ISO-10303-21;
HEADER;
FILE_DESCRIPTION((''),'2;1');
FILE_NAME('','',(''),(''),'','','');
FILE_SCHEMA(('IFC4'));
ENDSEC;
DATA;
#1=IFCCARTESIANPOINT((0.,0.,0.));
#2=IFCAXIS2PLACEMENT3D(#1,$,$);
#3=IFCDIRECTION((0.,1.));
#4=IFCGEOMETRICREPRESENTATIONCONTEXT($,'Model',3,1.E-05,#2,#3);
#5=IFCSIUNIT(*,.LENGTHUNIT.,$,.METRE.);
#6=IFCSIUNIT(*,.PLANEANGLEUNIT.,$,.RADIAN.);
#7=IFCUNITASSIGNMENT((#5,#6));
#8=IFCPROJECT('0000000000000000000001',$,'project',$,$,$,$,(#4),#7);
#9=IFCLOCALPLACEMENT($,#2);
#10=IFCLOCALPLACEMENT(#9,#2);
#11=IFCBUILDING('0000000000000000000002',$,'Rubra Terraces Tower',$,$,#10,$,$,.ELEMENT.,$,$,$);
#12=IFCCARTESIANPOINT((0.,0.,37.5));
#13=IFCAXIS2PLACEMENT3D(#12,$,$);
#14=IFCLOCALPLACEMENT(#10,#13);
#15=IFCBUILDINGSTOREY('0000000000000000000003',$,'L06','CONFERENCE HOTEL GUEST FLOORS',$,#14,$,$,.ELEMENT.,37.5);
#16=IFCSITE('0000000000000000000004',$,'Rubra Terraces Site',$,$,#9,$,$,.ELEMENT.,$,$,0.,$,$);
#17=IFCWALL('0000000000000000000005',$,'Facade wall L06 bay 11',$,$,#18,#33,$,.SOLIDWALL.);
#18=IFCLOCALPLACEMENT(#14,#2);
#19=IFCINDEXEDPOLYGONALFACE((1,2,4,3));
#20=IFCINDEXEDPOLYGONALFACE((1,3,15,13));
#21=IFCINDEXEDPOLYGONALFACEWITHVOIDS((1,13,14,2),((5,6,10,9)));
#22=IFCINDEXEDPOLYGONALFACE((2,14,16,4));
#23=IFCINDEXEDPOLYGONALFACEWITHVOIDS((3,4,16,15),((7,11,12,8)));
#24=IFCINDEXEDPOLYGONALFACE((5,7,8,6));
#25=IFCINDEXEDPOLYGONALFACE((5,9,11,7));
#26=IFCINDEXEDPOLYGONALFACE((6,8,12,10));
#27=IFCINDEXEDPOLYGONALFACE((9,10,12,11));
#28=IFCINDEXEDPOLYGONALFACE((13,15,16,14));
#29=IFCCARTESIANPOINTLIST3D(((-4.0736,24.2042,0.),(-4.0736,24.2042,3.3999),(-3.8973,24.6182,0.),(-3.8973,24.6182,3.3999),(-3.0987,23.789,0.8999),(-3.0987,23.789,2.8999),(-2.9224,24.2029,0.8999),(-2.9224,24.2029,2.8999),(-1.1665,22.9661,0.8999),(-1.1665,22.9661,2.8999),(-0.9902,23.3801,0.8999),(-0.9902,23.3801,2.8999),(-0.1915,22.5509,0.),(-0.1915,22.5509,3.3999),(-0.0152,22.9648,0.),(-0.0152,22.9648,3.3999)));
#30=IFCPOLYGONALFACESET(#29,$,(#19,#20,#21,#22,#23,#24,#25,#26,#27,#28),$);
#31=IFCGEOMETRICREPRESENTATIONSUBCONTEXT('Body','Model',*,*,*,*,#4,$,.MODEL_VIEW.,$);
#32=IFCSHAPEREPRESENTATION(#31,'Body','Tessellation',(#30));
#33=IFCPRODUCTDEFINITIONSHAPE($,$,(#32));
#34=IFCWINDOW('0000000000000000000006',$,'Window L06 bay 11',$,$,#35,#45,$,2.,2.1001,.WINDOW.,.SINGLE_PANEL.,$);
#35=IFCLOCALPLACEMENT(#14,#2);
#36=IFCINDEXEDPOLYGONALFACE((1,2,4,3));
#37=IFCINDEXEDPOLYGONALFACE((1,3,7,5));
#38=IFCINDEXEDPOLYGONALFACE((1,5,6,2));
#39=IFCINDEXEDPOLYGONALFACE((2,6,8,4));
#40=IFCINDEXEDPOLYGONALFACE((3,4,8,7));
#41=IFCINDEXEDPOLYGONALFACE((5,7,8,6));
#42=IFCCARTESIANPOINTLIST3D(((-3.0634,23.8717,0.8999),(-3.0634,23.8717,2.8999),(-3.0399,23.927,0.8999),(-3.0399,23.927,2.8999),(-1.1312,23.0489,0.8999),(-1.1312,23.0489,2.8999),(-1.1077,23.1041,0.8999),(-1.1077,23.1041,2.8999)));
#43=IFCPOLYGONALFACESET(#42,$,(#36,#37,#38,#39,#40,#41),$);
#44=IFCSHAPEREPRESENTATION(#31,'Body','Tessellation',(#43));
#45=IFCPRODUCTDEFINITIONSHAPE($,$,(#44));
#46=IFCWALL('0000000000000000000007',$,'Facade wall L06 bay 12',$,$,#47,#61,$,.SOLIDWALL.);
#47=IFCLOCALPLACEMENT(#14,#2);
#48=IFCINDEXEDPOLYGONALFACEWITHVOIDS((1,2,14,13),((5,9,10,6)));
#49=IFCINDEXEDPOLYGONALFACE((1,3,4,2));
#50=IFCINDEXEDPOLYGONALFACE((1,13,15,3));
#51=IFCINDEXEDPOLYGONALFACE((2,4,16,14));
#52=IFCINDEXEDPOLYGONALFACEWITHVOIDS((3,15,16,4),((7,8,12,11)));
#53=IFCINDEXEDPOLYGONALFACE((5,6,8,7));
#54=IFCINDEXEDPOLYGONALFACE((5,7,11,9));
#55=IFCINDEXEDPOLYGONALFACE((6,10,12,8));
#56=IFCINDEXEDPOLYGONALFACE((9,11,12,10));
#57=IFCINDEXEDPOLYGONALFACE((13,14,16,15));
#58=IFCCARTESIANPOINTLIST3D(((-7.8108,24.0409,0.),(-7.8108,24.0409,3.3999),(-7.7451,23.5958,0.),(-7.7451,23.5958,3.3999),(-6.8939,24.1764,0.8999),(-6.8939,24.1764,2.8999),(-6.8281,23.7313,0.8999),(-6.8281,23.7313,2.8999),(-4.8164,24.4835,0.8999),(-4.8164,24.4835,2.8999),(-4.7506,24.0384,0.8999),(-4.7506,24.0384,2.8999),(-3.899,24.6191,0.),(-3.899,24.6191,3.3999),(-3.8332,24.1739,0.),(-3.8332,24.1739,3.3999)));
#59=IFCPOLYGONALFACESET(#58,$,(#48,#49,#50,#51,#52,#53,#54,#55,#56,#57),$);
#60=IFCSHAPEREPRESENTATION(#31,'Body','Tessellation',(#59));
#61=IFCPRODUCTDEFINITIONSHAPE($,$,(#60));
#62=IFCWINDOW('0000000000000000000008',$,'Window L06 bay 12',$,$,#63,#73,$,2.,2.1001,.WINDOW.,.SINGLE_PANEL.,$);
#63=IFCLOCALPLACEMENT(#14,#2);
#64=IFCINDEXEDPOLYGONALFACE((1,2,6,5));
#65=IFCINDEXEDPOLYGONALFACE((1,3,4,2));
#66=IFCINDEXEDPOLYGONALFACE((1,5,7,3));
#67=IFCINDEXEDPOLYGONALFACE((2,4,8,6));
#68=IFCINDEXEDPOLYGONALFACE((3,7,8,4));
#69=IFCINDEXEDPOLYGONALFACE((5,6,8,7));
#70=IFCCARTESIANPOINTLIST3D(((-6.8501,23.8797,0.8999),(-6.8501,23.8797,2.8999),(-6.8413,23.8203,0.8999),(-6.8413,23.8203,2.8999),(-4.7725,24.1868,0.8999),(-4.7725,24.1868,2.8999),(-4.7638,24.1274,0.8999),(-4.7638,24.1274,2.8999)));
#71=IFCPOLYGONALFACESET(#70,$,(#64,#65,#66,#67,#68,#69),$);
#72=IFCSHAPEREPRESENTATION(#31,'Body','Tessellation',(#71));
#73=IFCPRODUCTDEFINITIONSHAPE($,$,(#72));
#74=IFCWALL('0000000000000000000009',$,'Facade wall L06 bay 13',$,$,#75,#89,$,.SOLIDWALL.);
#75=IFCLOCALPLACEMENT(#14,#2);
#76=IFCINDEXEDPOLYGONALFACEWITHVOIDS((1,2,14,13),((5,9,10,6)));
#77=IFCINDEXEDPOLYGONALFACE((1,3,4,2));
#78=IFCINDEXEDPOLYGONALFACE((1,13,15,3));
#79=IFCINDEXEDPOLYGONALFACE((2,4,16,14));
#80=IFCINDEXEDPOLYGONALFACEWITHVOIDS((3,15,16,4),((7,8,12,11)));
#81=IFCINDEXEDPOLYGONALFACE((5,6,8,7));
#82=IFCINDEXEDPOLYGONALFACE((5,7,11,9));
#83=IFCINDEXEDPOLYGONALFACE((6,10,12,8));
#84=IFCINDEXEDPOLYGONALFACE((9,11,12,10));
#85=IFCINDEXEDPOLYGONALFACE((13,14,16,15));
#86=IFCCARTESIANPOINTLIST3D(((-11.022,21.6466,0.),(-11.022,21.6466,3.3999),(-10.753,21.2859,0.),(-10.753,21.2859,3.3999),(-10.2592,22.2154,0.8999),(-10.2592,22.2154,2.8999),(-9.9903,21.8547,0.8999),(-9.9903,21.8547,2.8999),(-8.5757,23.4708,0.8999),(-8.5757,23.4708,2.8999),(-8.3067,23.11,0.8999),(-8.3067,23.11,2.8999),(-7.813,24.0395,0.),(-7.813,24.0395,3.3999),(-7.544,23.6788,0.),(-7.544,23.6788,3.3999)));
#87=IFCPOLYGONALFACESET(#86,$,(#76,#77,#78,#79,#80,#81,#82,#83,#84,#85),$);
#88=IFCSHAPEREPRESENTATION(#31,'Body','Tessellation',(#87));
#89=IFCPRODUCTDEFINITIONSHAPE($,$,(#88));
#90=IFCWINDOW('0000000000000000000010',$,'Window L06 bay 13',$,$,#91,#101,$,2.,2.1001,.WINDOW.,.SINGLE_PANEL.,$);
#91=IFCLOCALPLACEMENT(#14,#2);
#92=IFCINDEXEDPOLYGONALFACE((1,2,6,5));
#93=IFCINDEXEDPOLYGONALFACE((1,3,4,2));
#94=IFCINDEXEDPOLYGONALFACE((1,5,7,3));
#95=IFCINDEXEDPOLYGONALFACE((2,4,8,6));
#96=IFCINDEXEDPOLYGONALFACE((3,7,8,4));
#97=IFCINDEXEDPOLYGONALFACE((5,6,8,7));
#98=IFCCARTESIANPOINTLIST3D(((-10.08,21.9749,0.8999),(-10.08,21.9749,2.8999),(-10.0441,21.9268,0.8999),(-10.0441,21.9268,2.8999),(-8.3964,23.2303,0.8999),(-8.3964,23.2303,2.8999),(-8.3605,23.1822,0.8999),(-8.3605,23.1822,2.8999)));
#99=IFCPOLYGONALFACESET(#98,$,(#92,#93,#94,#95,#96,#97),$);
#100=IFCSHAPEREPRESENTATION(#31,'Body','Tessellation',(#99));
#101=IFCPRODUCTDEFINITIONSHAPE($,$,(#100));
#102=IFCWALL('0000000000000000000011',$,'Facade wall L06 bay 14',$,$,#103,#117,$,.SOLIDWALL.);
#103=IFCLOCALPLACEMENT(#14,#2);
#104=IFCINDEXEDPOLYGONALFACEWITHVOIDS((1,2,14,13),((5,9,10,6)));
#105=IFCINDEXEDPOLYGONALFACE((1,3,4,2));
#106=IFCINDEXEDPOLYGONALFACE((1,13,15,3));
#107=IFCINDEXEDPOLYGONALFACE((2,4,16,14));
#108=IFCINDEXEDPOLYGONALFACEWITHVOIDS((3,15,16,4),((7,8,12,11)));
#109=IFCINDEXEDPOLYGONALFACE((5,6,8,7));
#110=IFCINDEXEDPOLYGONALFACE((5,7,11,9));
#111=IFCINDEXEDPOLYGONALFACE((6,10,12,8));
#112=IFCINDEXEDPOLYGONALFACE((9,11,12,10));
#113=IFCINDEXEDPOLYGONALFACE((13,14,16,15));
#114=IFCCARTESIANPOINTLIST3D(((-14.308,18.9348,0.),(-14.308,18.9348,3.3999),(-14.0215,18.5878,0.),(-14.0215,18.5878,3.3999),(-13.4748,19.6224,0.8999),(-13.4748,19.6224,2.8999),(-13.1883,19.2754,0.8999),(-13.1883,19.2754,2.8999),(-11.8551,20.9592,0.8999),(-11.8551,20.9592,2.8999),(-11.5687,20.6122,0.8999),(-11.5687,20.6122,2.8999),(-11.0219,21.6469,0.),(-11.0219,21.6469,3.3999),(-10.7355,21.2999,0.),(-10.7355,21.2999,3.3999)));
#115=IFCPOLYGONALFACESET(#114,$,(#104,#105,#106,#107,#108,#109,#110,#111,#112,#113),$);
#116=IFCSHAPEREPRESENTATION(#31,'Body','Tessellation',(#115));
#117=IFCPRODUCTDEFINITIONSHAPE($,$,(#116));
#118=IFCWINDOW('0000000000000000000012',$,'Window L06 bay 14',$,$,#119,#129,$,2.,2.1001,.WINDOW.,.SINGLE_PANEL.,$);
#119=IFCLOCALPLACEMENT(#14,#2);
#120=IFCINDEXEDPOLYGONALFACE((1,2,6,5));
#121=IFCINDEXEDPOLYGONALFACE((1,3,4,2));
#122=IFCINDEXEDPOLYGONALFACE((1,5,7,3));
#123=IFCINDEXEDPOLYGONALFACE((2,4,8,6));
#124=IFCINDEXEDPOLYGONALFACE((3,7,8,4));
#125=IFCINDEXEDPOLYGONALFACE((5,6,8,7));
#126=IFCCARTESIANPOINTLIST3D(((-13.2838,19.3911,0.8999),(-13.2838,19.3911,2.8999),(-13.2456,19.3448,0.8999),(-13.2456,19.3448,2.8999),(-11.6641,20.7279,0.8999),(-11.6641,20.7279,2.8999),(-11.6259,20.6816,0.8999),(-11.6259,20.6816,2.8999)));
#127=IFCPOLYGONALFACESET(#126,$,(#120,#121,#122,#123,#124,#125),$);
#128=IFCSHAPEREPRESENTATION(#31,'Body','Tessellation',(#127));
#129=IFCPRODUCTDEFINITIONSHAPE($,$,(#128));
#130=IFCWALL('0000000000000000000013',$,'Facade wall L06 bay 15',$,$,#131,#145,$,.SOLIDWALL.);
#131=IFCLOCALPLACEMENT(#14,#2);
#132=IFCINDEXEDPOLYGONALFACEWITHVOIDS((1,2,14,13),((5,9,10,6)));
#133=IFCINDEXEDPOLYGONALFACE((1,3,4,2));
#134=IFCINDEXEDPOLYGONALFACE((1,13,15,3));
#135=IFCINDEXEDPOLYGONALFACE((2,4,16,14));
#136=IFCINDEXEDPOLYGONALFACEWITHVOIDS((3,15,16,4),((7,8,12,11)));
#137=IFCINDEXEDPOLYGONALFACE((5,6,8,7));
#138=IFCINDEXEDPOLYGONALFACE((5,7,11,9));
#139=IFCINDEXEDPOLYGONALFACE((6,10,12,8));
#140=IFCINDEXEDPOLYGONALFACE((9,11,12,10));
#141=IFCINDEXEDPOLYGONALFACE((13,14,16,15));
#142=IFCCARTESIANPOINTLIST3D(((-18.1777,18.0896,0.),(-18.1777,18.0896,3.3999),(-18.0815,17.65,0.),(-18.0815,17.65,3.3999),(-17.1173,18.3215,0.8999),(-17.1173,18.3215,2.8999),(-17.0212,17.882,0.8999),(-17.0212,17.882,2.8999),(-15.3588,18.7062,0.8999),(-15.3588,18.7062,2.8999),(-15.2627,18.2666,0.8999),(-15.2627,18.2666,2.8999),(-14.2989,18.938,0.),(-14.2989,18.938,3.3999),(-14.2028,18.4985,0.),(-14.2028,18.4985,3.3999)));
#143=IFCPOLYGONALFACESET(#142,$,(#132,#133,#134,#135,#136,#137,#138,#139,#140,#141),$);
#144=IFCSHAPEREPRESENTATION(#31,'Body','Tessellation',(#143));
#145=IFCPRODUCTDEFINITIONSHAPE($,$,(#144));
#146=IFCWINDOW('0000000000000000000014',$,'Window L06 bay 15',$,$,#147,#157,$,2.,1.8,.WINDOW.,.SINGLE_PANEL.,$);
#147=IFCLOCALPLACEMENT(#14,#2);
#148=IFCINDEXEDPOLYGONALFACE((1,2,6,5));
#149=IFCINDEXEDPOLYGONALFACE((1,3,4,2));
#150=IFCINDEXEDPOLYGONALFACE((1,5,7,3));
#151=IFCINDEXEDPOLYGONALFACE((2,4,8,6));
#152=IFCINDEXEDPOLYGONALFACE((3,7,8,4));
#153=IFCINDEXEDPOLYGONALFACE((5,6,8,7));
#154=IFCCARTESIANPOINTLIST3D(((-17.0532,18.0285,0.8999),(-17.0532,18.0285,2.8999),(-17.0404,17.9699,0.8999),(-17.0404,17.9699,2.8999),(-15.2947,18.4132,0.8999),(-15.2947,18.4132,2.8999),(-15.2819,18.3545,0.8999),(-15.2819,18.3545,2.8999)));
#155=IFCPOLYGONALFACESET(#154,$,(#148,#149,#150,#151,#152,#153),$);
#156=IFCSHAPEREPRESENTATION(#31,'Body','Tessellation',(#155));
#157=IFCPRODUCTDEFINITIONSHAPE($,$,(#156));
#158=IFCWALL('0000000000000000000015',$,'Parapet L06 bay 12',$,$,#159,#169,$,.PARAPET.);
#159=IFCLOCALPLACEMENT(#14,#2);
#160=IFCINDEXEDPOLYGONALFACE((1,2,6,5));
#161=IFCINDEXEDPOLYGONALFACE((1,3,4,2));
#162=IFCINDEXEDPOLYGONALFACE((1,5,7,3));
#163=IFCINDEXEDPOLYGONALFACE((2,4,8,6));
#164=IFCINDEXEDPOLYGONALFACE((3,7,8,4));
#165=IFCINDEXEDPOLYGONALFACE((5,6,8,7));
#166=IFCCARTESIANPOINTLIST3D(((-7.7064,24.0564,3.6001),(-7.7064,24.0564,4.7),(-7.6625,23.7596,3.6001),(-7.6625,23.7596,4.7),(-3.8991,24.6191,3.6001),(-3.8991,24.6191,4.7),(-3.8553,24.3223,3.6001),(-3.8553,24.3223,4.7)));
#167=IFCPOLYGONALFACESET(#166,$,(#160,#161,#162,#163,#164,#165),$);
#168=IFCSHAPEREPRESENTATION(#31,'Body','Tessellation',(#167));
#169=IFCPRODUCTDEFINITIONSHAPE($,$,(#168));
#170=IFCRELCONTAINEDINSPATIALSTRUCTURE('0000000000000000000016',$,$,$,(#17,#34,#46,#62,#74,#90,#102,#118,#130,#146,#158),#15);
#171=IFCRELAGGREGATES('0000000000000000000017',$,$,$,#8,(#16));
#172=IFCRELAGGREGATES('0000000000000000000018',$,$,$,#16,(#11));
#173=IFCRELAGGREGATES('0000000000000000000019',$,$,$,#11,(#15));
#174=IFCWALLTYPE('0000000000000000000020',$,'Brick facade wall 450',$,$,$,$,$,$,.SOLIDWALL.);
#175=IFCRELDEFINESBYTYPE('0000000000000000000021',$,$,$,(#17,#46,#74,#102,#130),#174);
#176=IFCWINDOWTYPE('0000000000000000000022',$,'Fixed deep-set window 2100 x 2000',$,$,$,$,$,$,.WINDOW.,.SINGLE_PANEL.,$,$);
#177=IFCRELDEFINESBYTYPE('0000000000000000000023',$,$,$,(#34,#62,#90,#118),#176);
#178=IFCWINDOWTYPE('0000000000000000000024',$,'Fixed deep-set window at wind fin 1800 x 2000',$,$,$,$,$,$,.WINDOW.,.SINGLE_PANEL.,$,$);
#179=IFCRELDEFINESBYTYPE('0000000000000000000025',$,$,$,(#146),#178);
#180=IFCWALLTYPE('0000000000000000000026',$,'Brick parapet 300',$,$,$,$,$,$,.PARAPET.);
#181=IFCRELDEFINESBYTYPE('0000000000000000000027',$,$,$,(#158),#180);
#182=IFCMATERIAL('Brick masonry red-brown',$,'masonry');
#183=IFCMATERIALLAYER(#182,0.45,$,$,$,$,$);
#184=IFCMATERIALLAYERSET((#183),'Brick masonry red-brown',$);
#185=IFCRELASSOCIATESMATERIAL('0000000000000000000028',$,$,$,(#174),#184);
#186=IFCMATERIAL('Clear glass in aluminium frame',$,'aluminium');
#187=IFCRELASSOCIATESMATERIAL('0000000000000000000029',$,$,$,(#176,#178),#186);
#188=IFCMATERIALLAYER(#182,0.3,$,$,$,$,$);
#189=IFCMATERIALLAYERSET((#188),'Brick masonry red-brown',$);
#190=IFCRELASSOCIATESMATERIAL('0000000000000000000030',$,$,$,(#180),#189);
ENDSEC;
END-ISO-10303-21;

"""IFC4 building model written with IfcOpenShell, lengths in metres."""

from ifc_helpers import new_model, si_unit, direction, frame, frame_2d, origin, place, context, subcontext, project, spatial, rectangle, extrude, material, layer, layer_set, type_object, element, fill, save


model = new_model("IFC4")

# Units and contexts
model_context = context("Model", 3, precision=1e-05, world=origin(), true_north=direction((0.0, 1.0)))
body_context = subcontext(model_context, "Body", "Model", "MODEL_VIEW")
ifc_project = project(units=[si_unit("LENGTHUNIT", "METRE"), si_unit("PLANEANGLEUNIT", "RADIAN")], contexts=[model_context])

# Site, building, storey
site_placement = place(None, origin())
site = spatial("IfcSite", under=ifc_project, at=site_placement, Name="Rubra Terraces Site", CompositionType="ELEMENT", RefElevation=0.0)
building_placement = place(site_placement, origin())
building = spatial("IfcBuilding", under=site, at=building_placement, Name="Rubra Terraces Tower", CompositionType="ELEMENT")
storey_placement = place(building_placement, frame((0.0, 0.0, 37.5)))
storey = spatial("IfcBuildingStorey", under=building, at=storey_placement, Name="L06", Description="CONFERENCE HOTEL GUEST FLOORS", CompositionType="ELEMENT", Elevation=37.5)

# Walls, openings, windows
ifc_material_1 = material(Name="Brick masonry red-brown", Category="masonry")
ifc_layer_1 = layer(ifc_material_1, 0.45)
ifc_layer_set_1 = layer_set([ifc_layer_1], Name="Brick masonry red-brown")
wall_type_1 = type_object("IfcWallType", Name="Brick facade wall 450", PredefinedType="SOLIDWALL", material=ifc_layer_set_1)
wall_1_placement = place(storey_placement, frame((-0.1033, 22.7578, 0.0), z_axis=(0.0, 0.0, 1.0), x_axis=(-0.920037, 0.39183, 0.0)))
wall_1 = element("IfcWall", 1, at=wall_1_placement, inside=storey, type_object=wall_type_1, Name="Facade wall L06 bay 11", PredefinedType="SOLIDWALL", context=body_context, shape_type="SweptSolid", body=[
    extrude(rectangle(XDim=4.2195, YDim=0.45, at=frame_2d((2.1099, 0.0))), origin(), (0.0, 0.0, 1.0), 3.3999),
])
opening_1_placement = place(wall_1_placement, frame((1.0598, 0.0, 0.8999)))
opening_1 = element("IfcOpeningElement", 2, at=opening_1_placement, cuts=wall_1, PredefinedType="OPENING", context=body_context, shape_type="SweptSolid", body=[
    extrude(rectangle(XDim=2.1001, YDim=2.0, at=frame_2d((1.05, 1.0))), frame((0.0, 0.2349, 0.0), z_axis=(0.0, -1.0, 0.0), x_axis=(1.0, 0.0, 0.0)), (0.0, 0.0, 1.0), 0.47),
])
ifc_material_2 = material(Name="Clear glass in aluminium frame", Category="aluminium")
window_type_1 = type_object("IfcWindowType", Name="Fixed deep-set window 2100 x 2000", PartitioningType="SINGLE_PANEL", PredefinedType="WINDOW", material=ifc_material_2)
window_1_placement = place(opening_1_placement, origin())
window_1 = element("IfcWindow", 3, at=window_1_placement, inside=storey, type_object=window_type_1, Name="Window L06 bay 11", OverallHeight=2.0, OverallWidth=2.1001, PartitioningType="SINGLE_PANEL", PredefinedType="WINDOW", context=body_context, shape_type="SweptSolid", body=[
    extrude(rectangle(XDim=2.1001, YDim=2.0, at=frame_2d((1.05, 1.0))), frame((0.0, 0.135, 0.0), z_axis=(0.0, -1.0, 0.0), x_axis=(1.0, 0.0, 0.0)), (0.0, 0.0, 1.0), 0.0601),
])
fill(opening_1, window_1)
wall_2_placement = place(storey_placement, frame((-3.8662, 24.3965, 0.0), z_axis=(0.0, 0.0, 1.0), x_axis=(-0.989255, -0.1462, 0.0)))
wall_2 = element("IfcWall", 4, at=wall_2_placement, inside=storey, type_object=wall_type_1, Name="Facade wall L06 bay 12", PredefinedType="SOLIDWALL", context=body_context, shape_type="SweptSolid", body=[
    extrude(rectangle(XDim=3.9543, YDim=0.45, at=frame_2d((1.9771, 0.0))), origin(), (0.0, 0.0, 1.0), 3.3999),
])
opening_2_placement = place(wall_2_placement, frame((0.9272, 0.0, 0.8999)))
opening_2 = element("IfcOpeningElement", 5, at=opening_2_placement, cuts=wall_2, PredefinedType="OPENING", context=body_context, shape_type="SweptSolid", body=[
    extrude(rectangle(XDim=2.1001, YDim=2.0, at=frame_2d((1.05, 1.0))), frame((0.0, 0.2349, 0.0), z_axis=(0.0, -1.0, 0.0), x_axis=(1.0, 0.0, 0.0)), (0.0, 0.0, 1.0), 0.47),
])
window_2_placement = place(opening_2_placement, origin())
window_2 = element("IfcWindow", 6, at=window_2_placement, inside=storey, type_object=window_type_1, Name="Window L06 bay 12", OverallHeight=2.0, OverallWidth=2.1001, PartitioningType="SINGLE_PANEL", PredefinedType="WINDOW", context=body_context, shape_type="SweptSolid", body=[
    extrude(rectangle(XDim=2.1001, YDim=2.0, at=frame_2d((1.05, 1.0))), frame((0.0, 0.135, 0.0), z_axis=(0.0, -1.0, 0.0), x_axis=(1.0, 0.0, 0.0)), (0.0, 0.0, 1.0), 0.0601),
])
fill(opening_2, window_2)
wall_3_placement = place(storey_placement, frame((-7.6785, 23.8591, 0.0), z_axis=(0.0, 0.0, 1.0), x_axis=(-0.801666, -0.597773, 0.0)))
wall_3 = element("IfcWall", 7, at=wall_3_placement, inside=storey, type_object=wall_type_1, Name="Facade wall L06 bay 13", PredefinedType="SOLIDWALL", context=body_context, shape_type="SweptSolid", body=[
    extrude(rectangle(XDim=4.0029, YDim=0.45, at=frame_2d((2.0015, 0.0))), origin(), (0.0, 0.0, 1.0), 3.3999),
])
opening_3_placement = place(wall_3_placement, frame((0.9514, 0.0, 0.8999)))
opening_3 = element("IfcOpeningElement", 8, at=opening_3_placement, cuts=wall_3, PredefinedType="OPENING", context=body_context, shape_type="SweptSolid", body=[
    extrude(rectangle(XDim=2.1001, YDim=2.0, at=frame_2d((1.05, 1.0))), frame((0.0, 0.2349, 0.0), z_axis=(0.0, -1.0, 0.0), x_axis=(1.0, 0.0, 0.0)), (0.0, 0.0, 1.0), 0.47),
])
window_3_placement = place(opening_3_placement, origin())
window_3 = element("IfcWindow", 9, at=window_3_placement, inside=storey, type_object=window_type_1, Name="Window L06 bay 13", OverallHeight=2.0, OverallWidth=2.1001, PartitioningType="SINGLE_PANEL", PredefinedType="WINDOW", context=body_context, shape_type="SweptSolid", body=[
    extrude(rectangle(XDim=2.1001, YDim=2.0, at=frame_2d((1.05, 1.0))), frame((0.0, 0.135, 0.0), z_axis=(0.0, -1.0, 0.0), x_axis=(1.0, 0.0, 0.0)), (0.0, 0.0, 1.0), 0.0601),
])
fill(opening_3, window_3)
wall_4_placement = place(storey_placement, frame((-10.8787, 21.4734, 0.0), z_axis=(0.0, 0.0, 1.0), x_axis=(-0.771247, -0.636536, 0.0)))
wall_4 = element("IfcWall", 10, at=wall_4_placement, inside=storey, type_object=wall_type_1, Name="Facade wall L06 bay 14", PredefinedType="SOLIDWALL", context=body_context, shape_type="SweptSolid", body=[
    extrude(rectangle(XDim=4.2607, YDim=0.45, at=frame_2d((2.1304, 0.0))), origin(), (0.0, 0.0, 1.0), 3.3999),
])
opening_4_placement = place(wall_4_placement, frame((1.0803, 0.0, 0.8999)))
opening_4 = element("IfcOpeningElement", 11, at=opening_4_placement, cuts=wall_4, PredefinedType="OPENING", context=body_context, shape_type="SweptSolid", body=[
    extrude(rectangle(XDim=2.1001, YDim=2.0, at=frame_2d((1.05, 1.0))), frame((0.0, 0.2349, 0.0), z_axis=(0.0, -1.0, 0.0), x_axis=(1.0, 0.0, 0.0)), (0.0, 0.0, 1.0), 0.47),
])
window_4_placement = place(opening_4_placement, origin())
window_4 = element("IfcWindow", 12, at=window_4_placement, inside=storey, type_object=window_type_1, Name="Window L06 bay 14", OverallHeight=2.0, OverallWidth=2.1001, PartitioningType="SINGLE_PANEL", PredefinedType="WINDOW", context=body_context, shape_type="SweptSolid", body=[
    extrude(rectangle(XDim=2.1001, YDim=2.0, at=frame_2d((1.05, 1.0))), frame((0.0, 0.135, 0.0), z_axis=(0.0, -1.0, 0.0), x_axis=(1.0, 0.0, 0.0)), (0.0, 0.0, 1.0), 0.0601),
])
fill(opening_4, window_4)
wall_5_placement = place(storey_placement, frame((-14.2507, 18.7183, 0.0), z_axis=(0.0, 0.0, 1.0), x_axis=(-0.976904, -0.21368, 0.0)))
wall_5 = element("IfcWall", 13, at=wall_5_placement, inside=storey, type_object=wall_type_1, Name="Facade wall L06 bay 15", PredefinedType="SOLIDWALL", context=body_context, shape_type="SweptSolid", body=[
    extrude(rectangle(XDim=3.9705, YDim=0.45, at=frame_2d((1.9854, 0.0))), origin(), (0.0, 0.0, 1.0), 3.3999),
])
opening_5_placement = place(wall_5_placement, frame((1.0852, 0.0, 0.8999)))
opening_5 = element("IfcOpeningElement", 14, at=opening_5_placement, cuts=wall_5, PredefinedType="OPENING", context=body_context, shape_type="SweptSolid", body=[
    extrude(rectangle(XDim=1.8, YDim=2.0, at=frame_2d((0.8999, 1.0))), frame((0.0, 0.2349, 0.0), z_axis=(0.0, -1.0, 0.0), x_axis=(1.0, 0.0, 0.0)), (0.0, 0.0, 1.0), 0.47),
])
window_type_2 = type_object("IfcWindowType", Name="Fixed deep-set window at wind fin 1800 x 2000", PartitioningType="SINGLE_PANEL", PredefinedType="WINDOW", material=ifc_material_2)
window_5_placement = place(opening_5_placement, origin())
window_5 = element("IfcWindow", 15, at=window_5_placement, inside=storey, type_object=window_type_2, Name="Window L06 bay 15", OverallHeight=2.0, OverallWidth=1.8, PartitioningType="SINGLE_PANEL", PredefinedType="WINDOW", context=body_context, shape_type="SweptSolid", body=[
    extrude(rectangle(XDim=1.8, YDim=2.0, at=frame_2d((0.8999, 1.0))), frame((0.0, 0.135, 0.0), z_axis=(0.0, -1.0, 0.0), x_axis=(1.0, 0.0, 0.0)), (0.0, 0.0, 1.0), 0.0601),
])
fill(opening_5, window_5)

# Wall
ifc_layer_2 = layer(ifc_material_1, 0.3)
ifc_layer_set_2 = layer_set([ifc_layer_2], Name="Brick masonry red-brown")
wall_type_2 = type_object("IfcWallType", Name="Brick parapet 300", PredefinedType="PARAPET", material=ifc_layer_set_2)
wall_6_placement = place(storey_placement, frame((-3.8772, 24.4707, 3.6001), z_axis=(0.0, 0.0, 1.0), x_axis=(-0.989253, -0.146215, 0.0)))
element("IfcWall", 16, at=wall_6_placement, inside=storey, type_object=wall_type_2, Name="Parapet L06 bay 12", PredefinedType="PARAPET", context=body_context, shape_type="SweptSolid", body=[
    extrude(rectangle(XDim=3.8486, YDim=0.3, at=frame_2d((1.9243, 0.0))), origin(), (0.0, 0.0, 1.0), 1.0999),
])

save(model, "model.ifc")
